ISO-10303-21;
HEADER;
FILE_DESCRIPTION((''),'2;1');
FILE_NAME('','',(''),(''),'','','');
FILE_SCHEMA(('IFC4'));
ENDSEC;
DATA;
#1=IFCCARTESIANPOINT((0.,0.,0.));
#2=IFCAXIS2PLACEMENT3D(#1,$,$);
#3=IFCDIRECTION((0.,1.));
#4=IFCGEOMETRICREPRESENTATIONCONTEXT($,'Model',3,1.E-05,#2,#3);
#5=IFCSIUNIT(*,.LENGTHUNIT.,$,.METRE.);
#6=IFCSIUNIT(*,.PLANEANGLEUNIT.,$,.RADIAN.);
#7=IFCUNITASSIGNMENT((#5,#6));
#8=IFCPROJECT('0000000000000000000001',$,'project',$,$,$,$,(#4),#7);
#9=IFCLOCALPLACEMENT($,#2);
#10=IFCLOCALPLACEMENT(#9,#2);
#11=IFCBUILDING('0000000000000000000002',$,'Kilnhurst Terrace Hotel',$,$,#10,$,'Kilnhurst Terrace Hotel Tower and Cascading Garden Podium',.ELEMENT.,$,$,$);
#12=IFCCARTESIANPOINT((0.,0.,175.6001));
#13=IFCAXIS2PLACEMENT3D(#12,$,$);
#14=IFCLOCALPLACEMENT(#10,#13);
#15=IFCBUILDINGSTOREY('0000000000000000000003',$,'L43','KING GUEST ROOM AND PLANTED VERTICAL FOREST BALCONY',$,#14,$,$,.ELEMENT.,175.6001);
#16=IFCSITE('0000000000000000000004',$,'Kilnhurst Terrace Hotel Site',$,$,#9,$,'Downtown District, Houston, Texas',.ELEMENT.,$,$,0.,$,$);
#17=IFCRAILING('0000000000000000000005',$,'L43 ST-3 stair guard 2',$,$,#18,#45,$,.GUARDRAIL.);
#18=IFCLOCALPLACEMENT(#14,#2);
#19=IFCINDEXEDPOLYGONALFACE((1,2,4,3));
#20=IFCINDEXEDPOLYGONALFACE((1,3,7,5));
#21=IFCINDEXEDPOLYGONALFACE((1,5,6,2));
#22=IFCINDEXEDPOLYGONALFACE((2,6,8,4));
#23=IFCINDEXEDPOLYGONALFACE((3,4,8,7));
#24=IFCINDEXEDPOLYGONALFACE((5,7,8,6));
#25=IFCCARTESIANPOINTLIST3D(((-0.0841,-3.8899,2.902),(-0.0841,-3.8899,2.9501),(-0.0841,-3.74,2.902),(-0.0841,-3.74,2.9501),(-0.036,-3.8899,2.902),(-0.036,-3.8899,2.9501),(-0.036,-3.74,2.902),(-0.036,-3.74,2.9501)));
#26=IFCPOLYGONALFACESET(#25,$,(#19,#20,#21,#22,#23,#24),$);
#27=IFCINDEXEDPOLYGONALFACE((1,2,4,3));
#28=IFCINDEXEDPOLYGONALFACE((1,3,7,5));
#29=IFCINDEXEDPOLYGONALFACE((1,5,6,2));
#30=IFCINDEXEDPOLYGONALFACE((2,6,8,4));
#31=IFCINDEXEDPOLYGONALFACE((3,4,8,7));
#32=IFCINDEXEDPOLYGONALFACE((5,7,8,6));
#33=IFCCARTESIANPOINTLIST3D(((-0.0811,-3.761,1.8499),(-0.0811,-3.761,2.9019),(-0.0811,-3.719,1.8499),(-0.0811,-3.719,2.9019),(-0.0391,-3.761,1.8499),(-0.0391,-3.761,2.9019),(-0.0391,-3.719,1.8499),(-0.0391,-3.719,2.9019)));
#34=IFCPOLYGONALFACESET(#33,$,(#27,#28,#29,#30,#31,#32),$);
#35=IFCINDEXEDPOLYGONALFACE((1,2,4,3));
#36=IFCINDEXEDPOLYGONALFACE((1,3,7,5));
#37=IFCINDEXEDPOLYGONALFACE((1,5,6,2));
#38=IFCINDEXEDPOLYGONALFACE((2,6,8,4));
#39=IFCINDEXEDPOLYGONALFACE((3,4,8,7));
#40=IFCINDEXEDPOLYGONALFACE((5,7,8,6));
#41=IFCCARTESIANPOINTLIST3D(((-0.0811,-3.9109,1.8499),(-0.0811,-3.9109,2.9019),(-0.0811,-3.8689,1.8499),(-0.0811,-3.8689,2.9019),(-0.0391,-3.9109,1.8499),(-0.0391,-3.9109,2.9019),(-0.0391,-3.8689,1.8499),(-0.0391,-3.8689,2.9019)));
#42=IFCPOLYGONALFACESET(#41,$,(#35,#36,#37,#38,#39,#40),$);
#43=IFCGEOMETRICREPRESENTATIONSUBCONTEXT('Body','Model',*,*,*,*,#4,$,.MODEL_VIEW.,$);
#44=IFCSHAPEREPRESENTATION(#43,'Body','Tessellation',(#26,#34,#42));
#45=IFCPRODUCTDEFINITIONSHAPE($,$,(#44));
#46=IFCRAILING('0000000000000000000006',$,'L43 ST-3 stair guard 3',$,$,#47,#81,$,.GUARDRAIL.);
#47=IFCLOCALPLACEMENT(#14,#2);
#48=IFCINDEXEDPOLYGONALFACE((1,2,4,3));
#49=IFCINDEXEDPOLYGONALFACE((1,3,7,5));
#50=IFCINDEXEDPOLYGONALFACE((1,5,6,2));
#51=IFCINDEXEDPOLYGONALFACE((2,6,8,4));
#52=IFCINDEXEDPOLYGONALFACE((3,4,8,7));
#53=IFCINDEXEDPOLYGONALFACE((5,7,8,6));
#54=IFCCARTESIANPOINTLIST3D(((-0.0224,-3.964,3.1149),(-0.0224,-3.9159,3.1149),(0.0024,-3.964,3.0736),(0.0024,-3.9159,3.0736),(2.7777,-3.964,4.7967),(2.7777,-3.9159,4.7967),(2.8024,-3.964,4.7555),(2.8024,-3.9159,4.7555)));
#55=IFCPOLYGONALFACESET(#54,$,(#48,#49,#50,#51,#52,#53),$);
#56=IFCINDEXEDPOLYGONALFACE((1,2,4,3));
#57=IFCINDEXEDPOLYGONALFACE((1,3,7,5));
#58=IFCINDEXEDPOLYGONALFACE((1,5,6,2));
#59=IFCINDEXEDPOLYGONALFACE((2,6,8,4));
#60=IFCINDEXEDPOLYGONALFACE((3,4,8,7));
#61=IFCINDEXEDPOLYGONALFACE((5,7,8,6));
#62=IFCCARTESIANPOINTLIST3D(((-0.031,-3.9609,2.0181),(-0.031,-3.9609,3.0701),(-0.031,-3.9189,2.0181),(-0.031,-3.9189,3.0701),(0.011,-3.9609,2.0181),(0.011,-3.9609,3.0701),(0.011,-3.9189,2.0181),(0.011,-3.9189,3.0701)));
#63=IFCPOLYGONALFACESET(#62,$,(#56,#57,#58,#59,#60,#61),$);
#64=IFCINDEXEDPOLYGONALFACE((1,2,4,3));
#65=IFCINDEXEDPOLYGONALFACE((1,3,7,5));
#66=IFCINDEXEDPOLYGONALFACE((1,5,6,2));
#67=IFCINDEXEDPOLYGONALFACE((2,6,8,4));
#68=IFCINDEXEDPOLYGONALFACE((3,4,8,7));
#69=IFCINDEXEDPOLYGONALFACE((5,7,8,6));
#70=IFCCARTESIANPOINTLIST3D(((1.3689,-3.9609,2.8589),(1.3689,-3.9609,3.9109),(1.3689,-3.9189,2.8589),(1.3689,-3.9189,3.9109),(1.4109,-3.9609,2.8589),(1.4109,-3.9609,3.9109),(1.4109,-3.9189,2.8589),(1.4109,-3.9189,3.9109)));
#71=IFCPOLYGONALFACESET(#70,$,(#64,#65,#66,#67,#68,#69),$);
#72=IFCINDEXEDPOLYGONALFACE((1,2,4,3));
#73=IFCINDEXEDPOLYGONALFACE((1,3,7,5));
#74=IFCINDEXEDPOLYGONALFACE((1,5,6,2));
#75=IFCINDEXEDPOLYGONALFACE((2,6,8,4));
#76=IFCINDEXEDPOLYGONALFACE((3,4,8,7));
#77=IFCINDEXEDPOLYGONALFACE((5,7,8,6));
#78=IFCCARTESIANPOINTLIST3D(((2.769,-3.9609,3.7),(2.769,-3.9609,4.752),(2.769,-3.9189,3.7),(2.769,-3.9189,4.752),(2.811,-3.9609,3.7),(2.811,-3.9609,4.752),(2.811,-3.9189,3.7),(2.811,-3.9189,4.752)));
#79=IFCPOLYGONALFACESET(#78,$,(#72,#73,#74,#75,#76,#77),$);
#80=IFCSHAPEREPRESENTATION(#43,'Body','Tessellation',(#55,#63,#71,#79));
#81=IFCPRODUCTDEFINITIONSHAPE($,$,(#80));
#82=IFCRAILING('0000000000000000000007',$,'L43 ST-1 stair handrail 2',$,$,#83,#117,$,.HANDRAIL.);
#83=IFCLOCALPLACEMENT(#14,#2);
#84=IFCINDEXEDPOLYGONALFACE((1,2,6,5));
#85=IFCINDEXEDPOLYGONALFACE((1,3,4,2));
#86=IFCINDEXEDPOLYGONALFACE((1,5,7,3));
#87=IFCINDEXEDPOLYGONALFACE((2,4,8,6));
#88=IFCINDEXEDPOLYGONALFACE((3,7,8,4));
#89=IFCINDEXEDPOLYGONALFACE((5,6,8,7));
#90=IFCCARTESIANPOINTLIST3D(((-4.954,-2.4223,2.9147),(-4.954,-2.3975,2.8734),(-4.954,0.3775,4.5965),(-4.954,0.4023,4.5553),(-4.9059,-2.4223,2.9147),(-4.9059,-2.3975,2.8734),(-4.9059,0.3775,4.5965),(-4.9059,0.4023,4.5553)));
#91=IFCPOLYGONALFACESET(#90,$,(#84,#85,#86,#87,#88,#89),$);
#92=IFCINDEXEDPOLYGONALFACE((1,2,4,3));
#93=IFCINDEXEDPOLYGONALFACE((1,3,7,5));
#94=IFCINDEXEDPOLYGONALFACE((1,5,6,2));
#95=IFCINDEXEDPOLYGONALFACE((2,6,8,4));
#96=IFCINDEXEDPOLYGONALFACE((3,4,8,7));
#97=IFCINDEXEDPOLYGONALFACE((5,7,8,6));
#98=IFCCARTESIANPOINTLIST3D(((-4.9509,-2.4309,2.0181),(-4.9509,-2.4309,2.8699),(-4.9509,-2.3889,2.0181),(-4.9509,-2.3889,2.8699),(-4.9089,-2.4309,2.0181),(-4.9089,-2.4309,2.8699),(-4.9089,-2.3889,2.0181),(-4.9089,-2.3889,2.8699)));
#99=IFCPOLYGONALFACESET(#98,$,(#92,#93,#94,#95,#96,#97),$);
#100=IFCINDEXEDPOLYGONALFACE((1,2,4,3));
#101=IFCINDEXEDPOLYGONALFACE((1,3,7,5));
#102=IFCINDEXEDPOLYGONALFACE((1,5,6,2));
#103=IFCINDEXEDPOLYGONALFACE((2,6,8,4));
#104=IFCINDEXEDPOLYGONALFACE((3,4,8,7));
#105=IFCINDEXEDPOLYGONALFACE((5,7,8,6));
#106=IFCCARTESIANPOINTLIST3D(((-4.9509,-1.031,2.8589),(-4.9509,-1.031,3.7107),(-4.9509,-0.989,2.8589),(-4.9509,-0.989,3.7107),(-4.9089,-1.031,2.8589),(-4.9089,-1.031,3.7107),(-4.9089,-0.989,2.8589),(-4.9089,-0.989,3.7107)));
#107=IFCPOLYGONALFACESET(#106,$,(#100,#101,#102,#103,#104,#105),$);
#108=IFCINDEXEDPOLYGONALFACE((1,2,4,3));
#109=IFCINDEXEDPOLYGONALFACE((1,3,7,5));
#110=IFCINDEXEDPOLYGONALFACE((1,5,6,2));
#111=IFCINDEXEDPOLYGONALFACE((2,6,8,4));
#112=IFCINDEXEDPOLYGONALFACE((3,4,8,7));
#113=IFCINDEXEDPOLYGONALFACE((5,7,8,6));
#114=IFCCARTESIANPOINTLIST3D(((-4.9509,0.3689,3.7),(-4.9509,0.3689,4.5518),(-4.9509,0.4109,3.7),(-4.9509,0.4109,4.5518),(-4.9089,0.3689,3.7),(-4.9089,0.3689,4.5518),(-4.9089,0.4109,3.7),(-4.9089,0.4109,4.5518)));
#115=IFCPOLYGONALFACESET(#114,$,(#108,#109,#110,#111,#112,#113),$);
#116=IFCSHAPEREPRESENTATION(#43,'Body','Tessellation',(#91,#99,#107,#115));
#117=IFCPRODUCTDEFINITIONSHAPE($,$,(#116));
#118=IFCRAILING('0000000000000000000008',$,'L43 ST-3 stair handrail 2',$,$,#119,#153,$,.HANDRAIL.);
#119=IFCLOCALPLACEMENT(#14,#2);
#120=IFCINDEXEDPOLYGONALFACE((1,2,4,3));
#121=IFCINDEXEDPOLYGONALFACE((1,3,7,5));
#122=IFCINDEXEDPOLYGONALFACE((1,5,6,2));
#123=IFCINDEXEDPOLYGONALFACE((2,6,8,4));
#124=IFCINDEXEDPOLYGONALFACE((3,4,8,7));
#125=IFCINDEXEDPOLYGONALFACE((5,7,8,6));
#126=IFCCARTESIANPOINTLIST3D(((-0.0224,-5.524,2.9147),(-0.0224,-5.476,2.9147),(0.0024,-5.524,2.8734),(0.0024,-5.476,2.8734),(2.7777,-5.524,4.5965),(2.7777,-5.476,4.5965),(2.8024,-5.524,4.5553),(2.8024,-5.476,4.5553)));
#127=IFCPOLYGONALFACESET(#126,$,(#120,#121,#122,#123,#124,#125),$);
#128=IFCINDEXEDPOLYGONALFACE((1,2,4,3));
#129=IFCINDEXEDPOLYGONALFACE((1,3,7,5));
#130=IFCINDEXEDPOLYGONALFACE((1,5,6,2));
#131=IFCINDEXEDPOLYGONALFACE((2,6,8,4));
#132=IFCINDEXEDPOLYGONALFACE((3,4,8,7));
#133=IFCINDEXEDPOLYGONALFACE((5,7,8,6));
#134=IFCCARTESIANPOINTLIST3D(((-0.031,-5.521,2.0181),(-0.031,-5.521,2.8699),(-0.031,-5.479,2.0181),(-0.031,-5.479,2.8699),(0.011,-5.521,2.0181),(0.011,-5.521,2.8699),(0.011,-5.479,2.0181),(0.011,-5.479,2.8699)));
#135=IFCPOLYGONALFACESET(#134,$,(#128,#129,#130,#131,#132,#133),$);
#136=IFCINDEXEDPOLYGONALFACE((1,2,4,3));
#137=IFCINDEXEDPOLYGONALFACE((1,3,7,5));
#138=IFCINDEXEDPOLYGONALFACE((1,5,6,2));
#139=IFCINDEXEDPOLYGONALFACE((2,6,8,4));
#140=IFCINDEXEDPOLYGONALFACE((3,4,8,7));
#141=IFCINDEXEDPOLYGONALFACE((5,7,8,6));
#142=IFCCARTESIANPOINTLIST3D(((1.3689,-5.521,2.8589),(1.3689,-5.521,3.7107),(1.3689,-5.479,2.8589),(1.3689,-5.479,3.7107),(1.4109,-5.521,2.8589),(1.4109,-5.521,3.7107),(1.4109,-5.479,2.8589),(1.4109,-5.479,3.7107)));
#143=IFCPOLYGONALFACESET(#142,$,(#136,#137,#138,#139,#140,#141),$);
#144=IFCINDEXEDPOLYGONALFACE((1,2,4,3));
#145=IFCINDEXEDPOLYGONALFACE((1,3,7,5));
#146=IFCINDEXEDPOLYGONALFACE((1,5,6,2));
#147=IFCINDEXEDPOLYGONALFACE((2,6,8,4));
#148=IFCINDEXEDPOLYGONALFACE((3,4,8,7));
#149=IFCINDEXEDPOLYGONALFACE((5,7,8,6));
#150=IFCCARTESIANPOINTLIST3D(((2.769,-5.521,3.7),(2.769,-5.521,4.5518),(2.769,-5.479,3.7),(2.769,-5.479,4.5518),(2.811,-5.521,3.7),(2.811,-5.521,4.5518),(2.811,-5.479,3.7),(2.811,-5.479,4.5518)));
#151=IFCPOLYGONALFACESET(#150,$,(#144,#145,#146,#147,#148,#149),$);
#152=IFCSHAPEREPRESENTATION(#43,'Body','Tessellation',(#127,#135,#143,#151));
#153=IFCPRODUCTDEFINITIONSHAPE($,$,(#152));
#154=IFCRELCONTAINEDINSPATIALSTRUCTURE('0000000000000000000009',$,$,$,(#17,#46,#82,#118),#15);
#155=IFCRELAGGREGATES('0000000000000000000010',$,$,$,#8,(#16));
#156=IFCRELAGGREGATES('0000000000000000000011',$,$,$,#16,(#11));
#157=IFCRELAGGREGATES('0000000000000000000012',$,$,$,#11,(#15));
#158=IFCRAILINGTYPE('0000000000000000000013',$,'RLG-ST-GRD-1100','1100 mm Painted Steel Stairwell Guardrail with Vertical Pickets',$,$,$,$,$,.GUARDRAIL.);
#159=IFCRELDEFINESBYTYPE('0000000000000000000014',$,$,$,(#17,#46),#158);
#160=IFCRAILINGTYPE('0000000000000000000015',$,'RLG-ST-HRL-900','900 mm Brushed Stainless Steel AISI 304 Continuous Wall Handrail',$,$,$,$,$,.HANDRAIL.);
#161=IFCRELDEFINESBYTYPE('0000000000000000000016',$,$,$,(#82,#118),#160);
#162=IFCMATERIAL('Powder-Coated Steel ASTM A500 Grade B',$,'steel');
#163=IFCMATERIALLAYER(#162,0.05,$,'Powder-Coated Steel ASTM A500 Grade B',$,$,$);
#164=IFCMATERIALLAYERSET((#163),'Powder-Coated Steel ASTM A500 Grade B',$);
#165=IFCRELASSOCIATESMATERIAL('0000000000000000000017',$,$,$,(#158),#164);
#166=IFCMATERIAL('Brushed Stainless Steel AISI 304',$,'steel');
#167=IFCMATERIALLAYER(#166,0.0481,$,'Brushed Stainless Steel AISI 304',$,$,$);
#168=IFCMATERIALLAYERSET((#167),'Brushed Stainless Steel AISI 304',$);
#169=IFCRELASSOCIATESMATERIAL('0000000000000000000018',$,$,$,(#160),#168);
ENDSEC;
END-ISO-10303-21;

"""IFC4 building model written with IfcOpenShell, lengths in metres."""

from ifc_helpers import new_model, si_unit, direction, frame, origin, origin_2d, place, context, subcontext, project, spatial, rectangle, extrude, material, layer, layer_set, type_object, element, save


model = new_model("IFC4")

# Units and contexts
model_context = context("Model", 3, precision=1e-05, world=origin(), true_north=direction((0.0, 1.0)))
body_context = subcontext(model_context, "Body", "Model", "MODEL_VIEW")
ifc_project = project(units=[si_unit("LENGTHUNIT", "METRE"), si_unit("PLANEANGLEUNIT", "RADIAN")], contexts=[model_context])

# Site, building, storey
site_placement = place(None, origin())
site = spatial("IfcSite", under=ifc_project, at=site_placement, Name="Kilnhurst Terrace Hotel Site", LongName="Downtown District, Houston, Texas", CompositionType="ELEMENT", RefElevation=0.0)
building_placement = place(site_placement, origin())
building = spatial("IfcBuilding", under=site, at=building_placement, Name="Kilnhurst Terrace Hotel", LongName="Kilnhurst Terrace Hotel Tower and Cascading Garden Podium", CompositionType="ELEMENT")
storey_placement = place(building_placement, frame((0.0, 0.0, 175.6001)))
storey = spatial("IfcBuildingStorey", under=building, at=storey_placement, Name="L43", Description="KING GUEST ROOM AND PLANTED VERTICAL FOREST BALCONY", CompositionType="ELEMENT", Elevation=175.6001)

# Railings
ifc_material_1 = material(Name="Powder-Coated Steel ASTM A500 Grade B", Category="steel")
ifc_layer_1 = layer(ifc_material_1, 0.05, Name="Powder-Coated Steel ASTM A500 Grade B")
ifc_layer_set_1 = layer_set([ifc_layer_1], Name="Powder-Coated Steel ASTM A500 Grade B")
railing_type_1 = type_object("IfcRailingType", Name="RLG-ST-GRD-1100", Description="1100 mm Painted Steel Stairwell Guardrail with Vertical Pickets", PredefinedType="GUARDRAIL", material=ifc_layer_set_1)
railing_1_placement = place(storey_placement, frame((-0.0601, -3.74, 1.8499)))
element("IfcRailing", 1, at=railing_1_placement, inside=storey, type_object=railing_type_1, Name="L43 ST-3 stair guard 2", PredefinedType="GUARDRAIL", context=body_context, shape_type="SweptSolid", body=[
    extrude(rectangle(XDim=0.0481, YDim=0.0481, at=origin_2d()), frame((0.0, 0.0, 1.0762), z_axis=(0.0, -1.0, 0.0), x_axis=(1.0, 0.0, 0.0)), (0.0, 0.0, 1.0), 0.1499),
    extrude(rectangle(XDim=0.042, YDim=0.042, at=origin_2d()), origin(), (0.0, 0.0, 1.0), 1.052),
    extrude(rectangle(XDim=0.042, YDim=0.042, at=origin_2d()), frame((0.0, -0.1499, 0.0)), (0.0, 0.0, 1.0), 1.052),
])
railing_2_placement = place(storey_placement, frame((-0.01, -3.9399, 2.0181)))
element("IfcRailing", 2, at=railing_2_placement, inside=storey, type_object=railing_type_1, Name="L43 ST-3 stair guard 3", PredefinedType="GUARDRAIL", context=body_context, shape_type="SweptSolid", body=[
    extrude(rectangle(XDim=0.0481, YDim=0.0481, at=origin_2d()), frame((0.0, 0.0, 1.0762), z_axis=(0.857242, 0.0, 0.514913), x_axis=(0.0, 1.0, 0.0)), (0.0, 0.0, 1.0), 3.2664),
    extrude(rectangle(XDim=0.042, YDim=0.042, at=origin_2d()), origin(), (0.0, 0.0, 1.0), 1.052),
    extrude(rectangle(XDim=0.042, YDim=0.042, at=origin_2d()), frame((1.3999, 0.0, 0.8408)), (0.0, 0.0, 1.0), 1.052),
    extrude(rectangle(XDim=0.042, YDim=0.042, at=origin_2d()), frame((2.8, 0.0, 1.6819)), (0.0, 0.0, 1.0), 1.052),
])
ifc_material_2 = material(Name="Brushed Stainless Steel AISI 304", Category="steel")
ifc_layer_2 = layer(ifc_material_2, 0.0481, Name="Brushed Stainless Steel AISI 304")
ifc_layer_set_2 = layer_set([ifc_layer_2], Name="Brushed Stainless Steel AISI 304")
railing_type_2 = type_object("IfcRailingType", Name="RLG-ST-HRL-900", Description="900 mm Brushed Stainless Steel AISI 304 Continuous Wall Handrail", PredefinedType="HANDRAIL", material=ifc_layer_set_2)
railing_3_placement = place(storey_placement, frame((-4.9299, -2.4099, 2.0181)))
element("IfcRailing", 3, at=railing_3_placement, inside=storey, type_object=railing_type_2, Name="L43 ST-1 stair handrail 2", PredefinedType="HANDRAIL", context=body_context, shape_type="SweptSolid", body=[
    extrude(rectangle(XDim=0.0481, YDim=0.0481, at=origin_2d()), frame((0.0, 0.0, 0.876), z_axis=(0.0, 0.857222, 0.514946), x_axis=(-1.0, 0.0, 0.0)), (0.0, 0.0, 1.0), 3.2661),
    extrude(rectangle(XDim=0.042, YDim=0.042, at=origin_2d()), origin(), (0.0, 0.0, 1.0), 0.8518),
    extrude(rectangle(XDim=0.042, YDim=0.042, at=origin_2d()), frame((0.0, 1.3999, 0.8408)), (0.0, 0.0, 1.0), 0.8518),
    extrude(rectangle(XDim=0.042, YDim=0.042, at=origin_2d()), frame((0.0, 2.7998, 1.6819)), (0.0, 0.0, 1.0), 0.8518),
])
railing_4_placement = place(storey_placement, frame((-0.01, -5.5, 2.0181)))
element("IfcRailing", 4, at=railing_4_placement, inside=storey, type_object=railing_type_2, Name="L43 ST-3 stair handrail 2", PredefinedType="HANDRAIL", context=body_context, shape_type="SweptSolid", body=[
    extrude(rectangle(XDim=0.0481, YDim=0.0481, at=origin_2d()), frame((0.0, 0.0, 0.876), z_axis=(0.857242, 0.0, 0.514913), x_axis=(0.0, 1.0, 0.0)), (0.0, 0.0, 1.0), 3.2664),
    extrude(rectangle(XDim=0.042, YDim=0.042, at=origin_2d()), origin(), (0.0, 0.0, 1.0), 0.8518),
    extrude(rectangle(XDim=0.042, YDim=0.042, at=origin_2d()), frame((1.3999, 0.0, 0.8408)), (0.0, 0.0, 1.0), 0.8518),
    extrude(rectangle(XDim=0.042, YDim=0.042, at=origin_2d()), frame((2.8, 0.0, 1.6819)), (0.0, 0.0, 1.0), 0.8518),
])

save(model, "model.ifc")
